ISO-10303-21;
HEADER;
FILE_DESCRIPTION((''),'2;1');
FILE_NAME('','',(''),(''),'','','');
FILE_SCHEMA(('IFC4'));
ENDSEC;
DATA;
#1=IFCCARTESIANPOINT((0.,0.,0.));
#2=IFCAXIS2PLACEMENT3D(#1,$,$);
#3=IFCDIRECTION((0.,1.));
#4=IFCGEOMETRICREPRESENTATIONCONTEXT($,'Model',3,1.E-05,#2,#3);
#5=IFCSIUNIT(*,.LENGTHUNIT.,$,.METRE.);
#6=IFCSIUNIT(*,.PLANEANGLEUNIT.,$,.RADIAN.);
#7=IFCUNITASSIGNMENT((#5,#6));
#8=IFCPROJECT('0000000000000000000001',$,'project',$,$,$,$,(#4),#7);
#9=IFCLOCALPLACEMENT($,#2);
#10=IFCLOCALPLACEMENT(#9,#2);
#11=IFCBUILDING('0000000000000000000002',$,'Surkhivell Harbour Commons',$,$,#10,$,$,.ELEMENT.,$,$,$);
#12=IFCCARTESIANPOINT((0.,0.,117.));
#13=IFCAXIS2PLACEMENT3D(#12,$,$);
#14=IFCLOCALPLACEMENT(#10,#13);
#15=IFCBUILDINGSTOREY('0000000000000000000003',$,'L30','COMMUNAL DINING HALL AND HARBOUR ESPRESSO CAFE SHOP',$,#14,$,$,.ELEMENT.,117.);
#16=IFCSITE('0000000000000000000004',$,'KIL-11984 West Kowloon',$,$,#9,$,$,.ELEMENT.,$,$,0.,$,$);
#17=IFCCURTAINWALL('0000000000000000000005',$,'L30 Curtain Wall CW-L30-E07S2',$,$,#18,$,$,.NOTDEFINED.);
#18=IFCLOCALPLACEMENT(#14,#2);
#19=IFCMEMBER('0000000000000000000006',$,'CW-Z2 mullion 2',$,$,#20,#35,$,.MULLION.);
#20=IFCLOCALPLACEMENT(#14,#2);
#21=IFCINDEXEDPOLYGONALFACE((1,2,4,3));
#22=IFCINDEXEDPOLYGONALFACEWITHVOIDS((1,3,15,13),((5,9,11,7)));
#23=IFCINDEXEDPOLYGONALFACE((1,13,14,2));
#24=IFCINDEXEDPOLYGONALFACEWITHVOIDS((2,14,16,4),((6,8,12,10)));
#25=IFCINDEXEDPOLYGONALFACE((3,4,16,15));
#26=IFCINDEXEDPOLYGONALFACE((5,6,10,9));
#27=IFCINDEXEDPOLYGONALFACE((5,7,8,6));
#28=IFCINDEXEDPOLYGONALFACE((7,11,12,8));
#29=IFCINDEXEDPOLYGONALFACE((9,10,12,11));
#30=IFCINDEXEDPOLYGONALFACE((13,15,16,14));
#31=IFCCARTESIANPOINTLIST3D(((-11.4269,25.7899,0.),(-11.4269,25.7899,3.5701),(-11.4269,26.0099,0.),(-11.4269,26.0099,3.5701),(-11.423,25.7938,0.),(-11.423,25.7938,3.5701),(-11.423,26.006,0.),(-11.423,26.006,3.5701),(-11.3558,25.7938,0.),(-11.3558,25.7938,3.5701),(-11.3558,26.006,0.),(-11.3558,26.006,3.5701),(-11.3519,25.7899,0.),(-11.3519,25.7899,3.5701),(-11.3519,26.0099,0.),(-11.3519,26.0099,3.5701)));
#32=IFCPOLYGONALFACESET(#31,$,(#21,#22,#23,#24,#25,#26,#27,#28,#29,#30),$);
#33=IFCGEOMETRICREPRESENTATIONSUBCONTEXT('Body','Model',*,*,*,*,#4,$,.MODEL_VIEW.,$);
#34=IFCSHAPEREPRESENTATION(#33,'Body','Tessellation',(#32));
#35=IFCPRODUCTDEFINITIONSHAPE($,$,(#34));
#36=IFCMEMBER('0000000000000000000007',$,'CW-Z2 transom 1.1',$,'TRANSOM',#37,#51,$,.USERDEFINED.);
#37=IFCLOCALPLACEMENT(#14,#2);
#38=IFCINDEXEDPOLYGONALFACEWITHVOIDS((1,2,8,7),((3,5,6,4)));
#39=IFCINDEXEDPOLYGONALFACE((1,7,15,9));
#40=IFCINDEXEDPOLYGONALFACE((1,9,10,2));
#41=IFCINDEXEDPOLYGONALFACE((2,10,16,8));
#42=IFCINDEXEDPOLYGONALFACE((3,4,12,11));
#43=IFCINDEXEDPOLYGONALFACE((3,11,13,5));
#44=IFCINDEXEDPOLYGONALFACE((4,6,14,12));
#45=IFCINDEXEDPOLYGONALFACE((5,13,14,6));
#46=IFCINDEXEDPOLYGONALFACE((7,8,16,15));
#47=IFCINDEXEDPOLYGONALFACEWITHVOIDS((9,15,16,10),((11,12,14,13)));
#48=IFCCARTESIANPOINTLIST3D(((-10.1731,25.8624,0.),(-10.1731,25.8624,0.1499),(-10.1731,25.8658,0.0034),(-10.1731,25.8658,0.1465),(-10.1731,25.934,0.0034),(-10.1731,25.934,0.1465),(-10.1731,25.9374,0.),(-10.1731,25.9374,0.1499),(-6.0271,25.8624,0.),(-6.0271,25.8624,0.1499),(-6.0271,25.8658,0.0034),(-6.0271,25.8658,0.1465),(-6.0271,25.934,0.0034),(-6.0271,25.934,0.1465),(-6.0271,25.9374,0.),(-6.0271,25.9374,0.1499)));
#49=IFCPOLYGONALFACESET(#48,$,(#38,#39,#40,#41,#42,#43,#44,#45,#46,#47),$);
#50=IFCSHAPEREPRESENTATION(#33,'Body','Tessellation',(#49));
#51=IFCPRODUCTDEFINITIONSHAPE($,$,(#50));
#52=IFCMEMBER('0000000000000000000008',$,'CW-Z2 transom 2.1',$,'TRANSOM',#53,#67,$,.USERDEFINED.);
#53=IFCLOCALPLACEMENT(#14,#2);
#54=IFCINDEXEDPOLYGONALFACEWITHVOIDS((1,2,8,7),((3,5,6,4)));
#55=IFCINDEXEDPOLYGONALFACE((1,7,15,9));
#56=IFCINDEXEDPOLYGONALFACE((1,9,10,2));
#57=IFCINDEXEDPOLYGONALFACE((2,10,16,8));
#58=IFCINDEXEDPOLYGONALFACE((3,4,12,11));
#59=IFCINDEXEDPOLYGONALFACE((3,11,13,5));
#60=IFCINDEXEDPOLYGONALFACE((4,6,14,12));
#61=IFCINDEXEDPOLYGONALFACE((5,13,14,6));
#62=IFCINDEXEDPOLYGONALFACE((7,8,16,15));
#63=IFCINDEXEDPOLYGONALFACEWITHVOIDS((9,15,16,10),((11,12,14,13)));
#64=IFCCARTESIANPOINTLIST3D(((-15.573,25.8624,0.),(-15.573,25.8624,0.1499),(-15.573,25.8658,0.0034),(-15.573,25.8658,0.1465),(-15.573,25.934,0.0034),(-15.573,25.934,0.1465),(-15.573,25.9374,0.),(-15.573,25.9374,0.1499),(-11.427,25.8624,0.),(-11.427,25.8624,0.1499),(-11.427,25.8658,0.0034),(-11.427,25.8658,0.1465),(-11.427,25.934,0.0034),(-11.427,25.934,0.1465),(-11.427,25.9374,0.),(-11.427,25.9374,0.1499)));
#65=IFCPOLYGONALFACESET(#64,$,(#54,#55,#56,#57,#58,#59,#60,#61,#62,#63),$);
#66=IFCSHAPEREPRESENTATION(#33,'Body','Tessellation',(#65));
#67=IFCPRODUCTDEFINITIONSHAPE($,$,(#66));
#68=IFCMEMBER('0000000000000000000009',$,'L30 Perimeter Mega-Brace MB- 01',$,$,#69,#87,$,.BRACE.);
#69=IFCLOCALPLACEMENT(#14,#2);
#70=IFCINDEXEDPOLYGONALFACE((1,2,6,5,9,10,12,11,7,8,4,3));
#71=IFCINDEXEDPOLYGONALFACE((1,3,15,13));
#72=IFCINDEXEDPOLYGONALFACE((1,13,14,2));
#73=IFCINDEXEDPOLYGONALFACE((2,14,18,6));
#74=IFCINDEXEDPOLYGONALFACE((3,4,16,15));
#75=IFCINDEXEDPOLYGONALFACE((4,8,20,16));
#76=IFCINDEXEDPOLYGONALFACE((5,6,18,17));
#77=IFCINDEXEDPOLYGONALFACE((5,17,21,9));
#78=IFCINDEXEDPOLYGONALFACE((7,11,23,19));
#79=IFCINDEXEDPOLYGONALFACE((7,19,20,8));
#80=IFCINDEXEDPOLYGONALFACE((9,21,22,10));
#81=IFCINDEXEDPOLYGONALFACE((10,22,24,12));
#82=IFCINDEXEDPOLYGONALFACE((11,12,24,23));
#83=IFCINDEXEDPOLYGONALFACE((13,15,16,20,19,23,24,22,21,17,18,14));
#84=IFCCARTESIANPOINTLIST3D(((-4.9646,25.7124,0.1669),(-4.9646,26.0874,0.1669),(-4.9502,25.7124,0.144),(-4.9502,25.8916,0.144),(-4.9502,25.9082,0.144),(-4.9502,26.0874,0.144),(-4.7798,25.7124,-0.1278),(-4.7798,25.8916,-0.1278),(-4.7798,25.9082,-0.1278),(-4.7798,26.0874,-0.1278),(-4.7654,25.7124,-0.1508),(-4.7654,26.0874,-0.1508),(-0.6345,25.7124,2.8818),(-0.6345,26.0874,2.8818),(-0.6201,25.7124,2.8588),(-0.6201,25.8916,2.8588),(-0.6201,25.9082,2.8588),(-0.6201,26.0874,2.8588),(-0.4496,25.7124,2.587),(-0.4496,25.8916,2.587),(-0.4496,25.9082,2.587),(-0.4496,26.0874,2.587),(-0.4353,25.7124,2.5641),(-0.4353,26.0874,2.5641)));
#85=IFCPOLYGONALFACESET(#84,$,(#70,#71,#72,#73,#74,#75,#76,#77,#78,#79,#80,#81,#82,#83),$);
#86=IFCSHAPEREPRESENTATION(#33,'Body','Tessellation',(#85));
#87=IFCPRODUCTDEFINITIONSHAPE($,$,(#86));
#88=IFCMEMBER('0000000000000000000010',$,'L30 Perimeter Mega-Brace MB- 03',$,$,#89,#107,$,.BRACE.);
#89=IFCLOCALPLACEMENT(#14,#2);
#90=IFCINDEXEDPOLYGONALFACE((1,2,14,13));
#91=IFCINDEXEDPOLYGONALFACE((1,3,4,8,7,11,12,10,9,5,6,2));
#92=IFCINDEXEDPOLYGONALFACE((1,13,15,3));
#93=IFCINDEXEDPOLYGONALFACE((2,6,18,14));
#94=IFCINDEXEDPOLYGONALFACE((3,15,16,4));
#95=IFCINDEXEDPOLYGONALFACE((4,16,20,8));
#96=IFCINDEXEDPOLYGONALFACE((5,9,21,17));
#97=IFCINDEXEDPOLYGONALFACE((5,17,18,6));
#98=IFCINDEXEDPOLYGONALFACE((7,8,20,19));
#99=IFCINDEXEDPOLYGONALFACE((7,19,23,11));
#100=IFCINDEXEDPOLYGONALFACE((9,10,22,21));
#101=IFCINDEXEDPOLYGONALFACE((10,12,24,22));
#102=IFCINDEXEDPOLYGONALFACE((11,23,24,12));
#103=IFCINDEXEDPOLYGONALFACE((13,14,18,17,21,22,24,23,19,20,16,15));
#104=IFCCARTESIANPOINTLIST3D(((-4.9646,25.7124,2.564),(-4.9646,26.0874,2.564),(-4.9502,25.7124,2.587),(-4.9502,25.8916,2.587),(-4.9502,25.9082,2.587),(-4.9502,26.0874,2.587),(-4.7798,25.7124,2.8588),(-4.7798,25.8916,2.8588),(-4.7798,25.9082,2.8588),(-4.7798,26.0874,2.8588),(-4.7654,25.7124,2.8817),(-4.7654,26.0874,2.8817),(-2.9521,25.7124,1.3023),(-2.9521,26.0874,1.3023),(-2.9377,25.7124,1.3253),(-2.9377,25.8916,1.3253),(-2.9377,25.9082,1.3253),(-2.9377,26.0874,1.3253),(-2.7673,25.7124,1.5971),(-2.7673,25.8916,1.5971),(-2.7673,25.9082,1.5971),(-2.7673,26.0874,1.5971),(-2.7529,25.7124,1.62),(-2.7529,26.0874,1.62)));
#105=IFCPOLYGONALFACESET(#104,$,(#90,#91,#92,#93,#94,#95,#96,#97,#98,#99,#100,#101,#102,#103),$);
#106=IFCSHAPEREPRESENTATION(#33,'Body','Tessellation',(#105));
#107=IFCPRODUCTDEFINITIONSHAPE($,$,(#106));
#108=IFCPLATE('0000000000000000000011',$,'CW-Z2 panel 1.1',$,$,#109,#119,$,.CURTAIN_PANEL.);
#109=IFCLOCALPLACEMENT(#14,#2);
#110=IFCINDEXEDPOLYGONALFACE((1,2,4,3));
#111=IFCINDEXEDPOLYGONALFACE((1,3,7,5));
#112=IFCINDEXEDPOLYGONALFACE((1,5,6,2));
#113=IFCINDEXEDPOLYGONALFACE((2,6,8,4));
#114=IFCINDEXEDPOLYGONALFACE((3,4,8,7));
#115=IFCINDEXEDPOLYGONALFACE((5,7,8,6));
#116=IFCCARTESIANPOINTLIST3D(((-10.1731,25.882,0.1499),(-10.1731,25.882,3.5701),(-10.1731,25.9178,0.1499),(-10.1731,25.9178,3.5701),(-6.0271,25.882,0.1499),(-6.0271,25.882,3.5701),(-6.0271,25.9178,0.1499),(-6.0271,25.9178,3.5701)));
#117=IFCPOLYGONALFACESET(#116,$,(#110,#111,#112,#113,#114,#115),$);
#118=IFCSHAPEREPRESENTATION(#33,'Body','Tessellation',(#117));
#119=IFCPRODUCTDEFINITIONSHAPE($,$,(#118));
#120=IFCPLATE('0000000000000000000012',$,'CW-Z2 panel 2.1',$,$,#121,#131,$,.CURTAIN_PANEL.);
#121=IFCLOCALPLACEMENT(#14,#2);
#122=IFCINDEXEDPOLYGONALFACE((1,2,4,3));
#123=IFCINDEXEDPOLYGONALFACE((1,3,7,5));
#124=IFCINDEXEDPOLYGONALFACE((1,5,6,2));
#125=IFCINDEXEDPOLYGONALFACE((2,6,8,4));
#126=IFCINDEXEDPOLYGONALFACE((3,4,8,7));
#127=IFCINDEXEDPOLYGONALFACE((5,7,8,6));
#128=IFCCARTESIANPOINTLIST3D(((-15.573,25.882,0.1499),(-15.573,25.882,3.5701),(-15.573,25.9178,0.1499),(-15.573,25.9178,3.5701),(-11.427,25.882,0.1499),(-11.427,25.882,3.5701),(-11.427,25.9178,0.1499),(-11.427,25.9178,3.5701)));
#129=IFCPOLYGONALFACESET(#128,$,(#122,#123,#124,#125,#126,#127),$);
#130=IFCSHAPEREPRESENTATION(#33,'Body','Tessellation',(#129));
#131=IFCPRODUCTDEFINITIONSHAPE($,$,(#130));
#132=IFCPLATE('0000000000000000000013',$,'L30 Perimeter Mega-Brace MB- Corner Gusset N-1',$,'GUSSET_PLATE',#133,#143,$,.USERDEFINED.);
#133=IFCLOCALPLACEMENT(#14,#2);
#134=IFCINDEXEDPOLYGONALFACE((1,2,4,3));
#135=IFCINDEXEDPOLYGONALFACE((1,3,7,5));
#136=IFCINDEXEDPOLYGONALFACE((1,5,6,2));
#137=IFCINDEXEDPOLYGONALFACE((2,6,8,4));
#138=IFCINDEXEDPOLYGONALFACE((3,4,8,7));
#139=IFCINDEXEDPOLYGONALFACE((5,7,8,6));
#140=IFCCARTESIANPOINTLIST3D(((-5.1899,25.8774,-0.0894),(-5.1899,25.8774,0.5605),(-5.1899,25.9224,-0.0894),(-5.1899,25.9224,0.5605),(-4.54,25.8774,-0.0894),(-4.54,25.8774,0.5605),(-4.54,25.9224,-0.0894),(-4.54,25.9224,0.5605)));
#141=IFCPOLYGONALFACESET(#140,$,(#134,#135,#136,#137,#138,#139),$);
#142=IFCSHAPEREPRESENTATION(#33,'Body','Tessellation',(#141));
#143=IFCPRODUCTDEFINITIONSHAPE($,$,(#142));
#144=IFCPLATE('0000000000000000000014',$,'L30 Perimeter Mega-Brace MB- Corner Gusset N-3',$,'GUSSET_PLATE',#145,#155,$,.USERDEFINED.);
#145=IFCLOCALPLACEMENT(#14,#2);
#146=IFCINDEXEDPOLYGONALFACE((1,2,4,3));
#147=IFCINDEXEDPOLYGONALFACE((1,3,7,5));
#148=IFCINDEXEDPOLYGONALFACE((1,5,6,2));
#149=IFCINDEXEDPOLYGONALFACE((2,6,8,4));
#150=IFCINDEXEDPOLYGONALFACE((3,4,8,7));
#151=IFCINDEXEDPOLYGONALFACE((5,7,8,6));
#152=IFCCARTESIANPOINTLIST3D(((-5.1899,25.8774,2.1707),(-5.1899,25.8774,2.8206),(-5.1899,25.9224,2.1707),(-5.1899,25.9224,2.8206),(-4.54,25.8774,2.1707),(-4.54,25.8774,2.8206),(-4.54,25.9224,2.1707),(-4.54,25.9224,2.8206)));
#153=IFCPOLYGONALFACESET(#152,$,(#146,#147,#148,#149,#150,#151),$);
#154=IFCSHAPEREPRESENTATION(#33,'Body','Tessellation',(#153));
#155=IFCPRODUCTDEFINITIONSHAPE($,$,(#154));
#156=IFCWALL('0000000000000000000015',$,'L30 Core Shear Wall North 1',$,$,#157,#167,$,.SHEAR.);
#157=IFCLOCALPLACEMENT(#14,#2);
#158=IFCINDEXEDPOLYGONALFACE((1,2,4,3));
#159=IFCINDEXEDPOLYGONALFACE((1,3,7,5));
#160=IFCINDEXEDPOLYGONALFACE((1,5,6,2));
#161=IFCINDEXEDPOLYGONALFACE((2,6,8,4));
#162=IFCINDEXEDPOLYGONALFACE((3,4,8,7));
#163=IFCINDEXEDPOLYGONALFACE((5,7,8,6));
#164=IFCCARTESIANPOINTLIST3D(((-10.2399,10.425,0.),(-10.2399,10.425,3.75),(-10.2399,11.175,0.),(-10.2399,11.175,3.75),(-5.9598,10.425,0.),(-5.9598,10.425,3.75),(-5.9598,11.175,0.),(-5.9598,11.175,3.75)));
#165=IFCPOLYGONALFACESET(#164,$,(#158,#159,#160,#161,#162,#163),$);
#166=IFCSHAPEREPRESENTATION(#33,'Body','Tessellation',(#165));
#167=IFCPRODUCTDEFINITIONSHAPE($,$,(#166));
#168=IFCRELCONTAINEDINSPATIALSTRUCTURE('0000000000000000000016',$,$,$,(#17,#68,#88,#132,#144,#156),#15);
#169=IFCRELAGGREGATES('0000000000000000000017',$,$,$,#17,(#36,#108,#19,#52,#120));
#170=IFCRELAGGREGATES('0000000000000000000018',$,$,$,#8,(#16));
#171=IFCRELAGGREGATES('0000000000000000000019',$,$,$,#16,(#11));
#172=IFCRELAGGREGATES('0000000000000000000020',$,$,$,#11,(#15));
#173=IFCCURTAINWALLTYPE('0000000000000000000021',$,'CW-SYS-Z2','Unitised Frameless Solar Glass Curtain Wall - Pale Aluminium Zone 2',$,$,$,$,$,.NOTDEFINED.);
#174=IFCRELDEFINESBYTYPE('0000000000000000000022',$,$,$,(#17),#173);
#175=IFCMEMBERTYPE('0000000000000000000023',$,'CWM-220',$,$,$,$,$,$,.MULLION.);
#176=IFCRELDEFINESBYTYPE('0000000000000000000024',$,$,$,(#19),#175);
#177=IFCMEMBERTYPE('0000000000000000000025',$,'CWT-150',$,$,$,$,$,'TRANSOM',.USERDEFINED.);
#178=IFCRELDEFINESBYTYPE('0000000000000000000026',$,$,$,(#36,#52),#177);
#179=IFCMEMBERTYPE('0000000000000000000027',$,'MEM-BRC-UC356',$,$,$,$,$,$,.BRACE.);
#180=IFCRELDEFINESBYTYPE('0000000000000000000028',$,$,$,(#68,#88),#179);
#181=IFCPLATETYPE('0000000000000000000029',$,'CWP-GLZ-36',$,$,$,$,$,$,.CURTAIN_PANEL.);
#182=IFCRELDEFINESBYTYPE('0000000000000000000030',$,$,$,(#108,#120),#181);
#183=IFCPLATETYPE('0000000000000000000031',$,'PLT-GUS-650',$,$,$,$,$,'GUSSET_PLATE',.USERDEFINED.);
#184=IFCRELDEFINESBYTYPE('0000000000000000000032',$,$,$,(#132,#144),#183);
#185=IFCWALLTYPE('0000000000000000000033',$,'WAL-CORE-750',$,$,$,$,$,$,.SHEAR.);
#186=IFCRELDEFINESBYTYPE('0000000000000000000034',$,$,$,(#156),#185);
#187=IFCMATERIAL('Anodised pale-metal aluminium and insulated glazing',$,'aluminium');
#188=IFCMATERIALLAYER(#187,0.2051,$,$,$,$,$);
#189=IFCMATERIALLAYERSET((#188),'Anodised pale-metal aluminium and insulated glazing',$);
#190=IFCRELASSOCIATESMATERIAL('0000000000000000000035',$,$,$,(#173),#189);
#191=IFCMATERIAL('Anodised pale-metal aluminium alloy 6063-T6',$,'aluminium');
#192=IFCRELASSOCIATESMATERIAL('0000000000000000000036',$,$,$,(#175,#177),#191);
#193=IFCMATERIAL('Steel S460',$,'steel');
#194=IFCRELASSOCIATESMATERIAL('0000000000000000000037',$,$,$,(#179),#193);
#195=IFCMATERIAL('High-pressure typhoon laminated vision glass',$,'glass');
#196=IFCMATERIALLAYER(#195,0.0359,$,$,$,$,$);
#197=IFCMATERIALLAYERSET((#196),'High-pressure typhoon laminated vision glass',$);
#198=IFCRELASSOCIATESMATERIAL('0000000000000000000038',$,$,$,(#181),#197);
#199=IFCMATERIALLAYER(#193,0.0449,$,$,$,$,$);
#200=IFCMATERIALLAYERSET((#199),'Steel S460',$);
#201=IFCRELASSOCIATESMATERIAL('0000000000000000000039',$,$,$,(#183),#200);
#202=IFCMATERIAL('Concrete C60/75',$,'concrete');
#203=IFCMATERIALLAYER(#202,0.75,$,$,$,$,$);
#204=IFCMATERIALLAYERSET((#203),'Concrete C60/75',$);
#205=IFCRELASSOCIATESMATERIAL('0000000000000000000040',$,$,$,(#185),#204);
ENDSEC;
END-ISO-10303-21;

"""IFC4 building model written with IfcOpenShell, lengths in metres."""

from ifc_helpers import new_model, si_unit, direction, frame, frame_2d, origin, origin_2d, place, context, subcontext, project, spatial, rectangle, hollow_rectangle, i_section, extrude, material, layer, layer_set, material_profile, profile_set, type_object, element, aggregate, save


model = new_model("IFC4")

# Units and contexts
model_context = context("Model", 3, precision=1e-05, world=origin(), true_north=direction((0.0, 1.0)))
body_context = subcontext(model_context, "Body", "Model", "MODEL_VIEW")
ifc_project = project(units=[si_unit("LENGTHUNIT", "METRE"), si_unit("PLANEANGLEUNIT", "RADIAN")], contexts=[model_context])

# Site, building, storey
site_placement = place(None, origin())
site = spatial("IfcSite", under=ifc_project, at=site_placement, Name="KIL-11984 West Kowloon", CompositionType="ELEMENT", RefElevation=0.0)
building_placement = place(site_placement, origin())
building = spatial("IfcBuilding", under=site, at=building_placement, Name="Surkhivell Harbour Commons", CompositionType="ELEMENT")
storey_placement = place(building_placement, frame((0.0, 0.0, 117.0)))
storey = spatial("IfcBuildingStorey", under=building, at=storey_placement, Name="L30", Description="COMMUNAL DINING HALL AND HARBOUR ESPRESSO CAFE SHOP", CompositionType="ELEMENT", Elevation=117.0)

# Shared definitions
ifc_material_1 = material(Name="Concrete C60/75", Category="concrete")

# Shared definitions
ifc_material_2 = material(Name="Steel S460", Category="steel")

# Curtain wall, members
ifc_material_3 = material(Name="Anodised pale-metal aluminium and insulated glazing", Category="aluminium")
ifc_layer_1 = layer(ifc_material_3, 0.2051)
ifc_layer_set_1 = layer_set([ifc_layer_1], Name="Anodised pale-metal aluminium and insulated glazing")
curtain_wall_type = type_object("IfcCurtainWallType", Name="CW-SYS-Z2", Description="Unitised Frameless Solar Glass Curtain Wall - Pale Aluminium Zone 2", PredefinedType="NOTDEFINED", material=ifc_layer_set_1)
curtain_wall_placement = place(storey_placement, origin())
curtain_wall = element("IfcCurtainWall", 1, at=curtain_wall_placement, inside=storey, type_object=curtain_wall_type, Name="L30 Curtain Wall CW-L30-E07S2", PredefinedType="NOTDEFINED")
ifc_material_4 = material(Name="Anodised pale-metal aluminium alloy 6063-T6", Category="aluminium")
ifc_material_profile_1 = material_profile(ifc_material_4, hollow_rectangle(XDim=0.075, YDim=0.22, WallThickness=0.0039, at=origin_2d()), Name="ALU-MULL-75x220")
ifc_profile_set_1 = profile_set([ifc_material_profile_1], Name="Anodised pale-metal aluminium alloy 6063-T6")
member_type_1 = type_object("IfcMemberType", Name="CWM-220", PredefinedType="MULLION", material=ifc_profile_set_1)
member_1_placement = place(storey_placement, frame((-11.3894, 25.8999, 0.0), z_axis=(0.0, 0.0, 1.0), x_axis=(-1.0, 0.0, 0.0)))
member_1 = element("IfcMember", 2, at=member_1_placement, type_object=member_type_1, Name="CW-Z2 mullion 2", PredefinedType="MULLION", context=body_context, shape_type="SweptSolid", body=[
    extrude(hollow_rectangle(XDim=0.075, YDim=0.22, WallThickness=0.0039, at=origin_2d()), origin(), (0.0, 0.0, 1.0), 3.5701),
])
ifc_material_profile_2 = material_profile(ifc_material_4, hollow_rectangle(XDim=0.075, YDim=0.1499, WallThickness=0.0034, at=origin_2d()), Name="ALU-TRAN-75x150")
ifc_profile_set_2 = profile_set([ifc_material_profile_2], Name="Anodised pale-metal aluminium alloy 6063-T6")
member_type_2 = type_object("IfcMemberType", Name="CWT-150", ElementType="TRANSOM", PredefinedType="USERDEFINED", material=ifc_profile_set_2)
member_2_placement = place(storey_placement, frame((-6.0271, 25.8999, 0.075), z_axis=(-1.0, 0.0, 0.0), x_axis=(0.0, -1.0, 0.0)))
member_2 = element("IfcMember", 3, at=member_2_placement, type_object=member_type_2, Name="CW-Z2 transom 1.1", ObjectType="TRANSOM", PredefinedType="USERDEFINED", context=body_context, shape_type="SweptSolid", body=[
    extrude(hollow_rectangle(XDim=0.075, YDim=0.1499, WallThickness=0.0034, at=origin_2d()), origin(), (0.0, 0.0, 1.0), 4.146),
])
member_3_placement = place(storey_placement, frame((-11.427, 25.8999, 0.075), z_axis=(-1.0, 0.0, 0.0), x_axis=(0.0, -1.0, 0.0)))
member_3 = element("IfcMember", 4, at=member_3_placement, type_object=member_type_2, Name="CW-Z2 transom 2.1", ObjectType="TRANSOM", PredefinedType="USERDEFINED", context=body_context, shape_type="SweptSolid", body=[
    extrude(hollow_rectangle(XDim=0.075, YDim=0.1499, WallThickness=0.0034, at=origin_2d()), origin(), (0.0, 0.0, 1.0), 4.146),
])

# Members
ifc_material_profile_3 = material_profile(ifc_material_2, i_section(OverallWidth=0.375, OverallDepth=0.375, WebThickness=0.0166, FlangeThickness=0.0271, at=origin_2d()), Name="UC356x368x202")
ifc_profile_set_3 = profile_set([ifc_material_profile_3], Name="Steel S460")
member_type_3 = type_object("IfcMemberType", Name="MEM-BRC-UC356", PredefinedType="BRACE", material=ifc_profile_set_3)
member_4_placement = place(storey_placement, frame((-4.865, 25.8999, 0.0081), z_axis=(0.847246, 0.0, 0.531201), x_axis=(0.0, 1.0, 0.0)))
element("IfcMember", 5, at=member_4_placement, inside=storey, type_object=member_type_3, Name="L30 Perimeter Mega-Brace MB- 01", PredefinedType="BRACE", context=body_context, shape_type="SweptSolid", body=[
    extrude(i_section(OverallWidth=0.375, OverallDepth=0.375, WebThickness=0.0166, FlangeThickness=0.0271, at=origin_2d()), origin(), (0.0, 0.0, 1.0), 5.1108),
])
member_5_placement = place(storey_placement, frame((-2.8525, 25.8999, 1.4612), z_axis=(-0.847253, 0.0, 0.53119), x_axis=(0.0, -1.0, 0.0)))
element("IfcMember", 6, at=member_5_placement, inside=storey, type_object=member_type_3, Name="L30 Perimeter Mega-Brace MB- 03", PredefinedType="BRACE", context=body_context, shape_type="SweptSolid", body=[
    extrude(i_section(OverallWidth=0.375, OverallDepth=0.375, WebThickness=0.0166, FlangeThickness=0.0271, at=origin_2d()), origin(), (0.0, 0.0, 1.0), 2.3752),
])

# Plates
ifc_material_5 = material(Name="High-pressure typhoon laminated vision glass", Category="glass")
ifc_layer_2 = layer(ifc_material_5, 0.0359)
ifc_layer_set_2 = layer_set([ifc_layer_2], Name="High-pressure typhoon laminated vision glass")
plate_type_1 = type_object("IfcPlateType", Name="CWP-GLZ-36", PredefinedType="CURTAIN_PANEL", material=ifc_layer_set_2)
plate_1_placement = place(storey_placement, frame((-6.0271, 25.8999, 0.1499), z_axis=(0.0, 0.0, 1.0), x_axis=(-1.0, 0.0, 0.0)))
plate_1 = element("IfcPlate", 7, at=plate_1_placement, type_object=plate_type_1, Name="CW-Z2 panel 1.1", PredefinedType="CURTAIN_PANEL", context=body_context, shape_type="SweptSolid", body=[
    extrude(rectangle(XDim=4.146, YDim=0.0359, at=frame_2d((2.073, 0.0))), origin(), (0.0, 0.0, 1.0), 3.4202),
])
plate_2_placement = place(storey_placement, frame((-11.427, 25.8999, 0.1499), z_axis=(0.0, 0.0, 1.0), x_axis=(-1.0, 0.0, 0.0)))
plate_2 = element("IfcPlate", 8, at=plate_2_placement, type_object=plate_type_1, Name="CW-Z2 panel 2.1", PredefinedType="CURTAIN_PANEL", context=body_context, shape_type="SweptSolid", body=[
    extrude(rectangle(XDim=4.146, YDim=0.0359, at=frame_2d((2.073, 0.0))), origin(), (0.0, 0.0, 1.0), 3.4202),
])
aggregate(curtain_wall, [member_2, plate_1, member_1, member_3, plate_2])

# Plates
ifc_layer_3 = layer(ifc_material_2, 0.0449)
ifc_layer_set_3 = layer_set([ifc_layer_3], Name="Steel S460")
plate_type_2 = type_object("IfcPlateType", Name="PLT-GUS-650", ElementType="GUSSET_PLATE", PredefinedType="USERDEFINED", material=ifc_layer_set_3)
for number, where, z_axis, x_axis, name in (
    (9, (-4.865, 25.8999, -0.0894), (0.0, 0.0, 1.0), (1.0, 0.0, 0.0), "L30 Perimeter Mega-Brace MB- Corner Gusset N-1"),
    (10, (-4.865, 25.8999, 2.1707), (0.0, 0.0, 1.0), (1.0, 0.0, 0.0), "L30 Perimeter Mega-Brace MB- Corner Gusset N-3"),
):
    element("IfcPlate", number, at=place(storey_placement, frame(where, z_axis=z_axis, x_axis=x_axis)), inside=storey, type_object=plate_type_2, Name=name, ObjectType="GUSSET_PLATE", PredefinedType="USERDEFINED", context=body_context, shape_type="SweptSolid", body=[
        extrude(rectangle(XDim=0.6499, YDim=0.0449, at=origin_2d()), origin(), (0.0, 0.0, 1.0), 0.6499),
    ])

# Wall
ifc_layer_4 = layer(ifc_material_1, 0.75)
ifc_layer_set_4 = layer_set([ifc_layer_4], Name="Concrete C60/75")
wall_type_1 = type_object("IfcWallType", Name="WAL-CORE-750", PredefinedType="SHEAR", material=ifc_layer_set_4)
wall_1_placement = place(storey_placement, frame((-10.24, 10.8, 0.0), z_axis=(0.0, 0.0, 1.0), x_axis=(1.0, 0.0, 0.0)))
element("IfcWall", 11, at=wall_1_placement, inside=storey, type_object=wall_type_1, Name="L30 Core Shear Wall North 1", PredefinedType="SHEAR", context=body_context, shape_type="SweptSolid", body=[
    extrude(rectangle(XDim=4.28, YDim=0.75, at=frame_2d((2.1401, 0.0))), origin(), (0.0, 0.0, 1.0), 3.75),
])

save(model, "model.ifc")
